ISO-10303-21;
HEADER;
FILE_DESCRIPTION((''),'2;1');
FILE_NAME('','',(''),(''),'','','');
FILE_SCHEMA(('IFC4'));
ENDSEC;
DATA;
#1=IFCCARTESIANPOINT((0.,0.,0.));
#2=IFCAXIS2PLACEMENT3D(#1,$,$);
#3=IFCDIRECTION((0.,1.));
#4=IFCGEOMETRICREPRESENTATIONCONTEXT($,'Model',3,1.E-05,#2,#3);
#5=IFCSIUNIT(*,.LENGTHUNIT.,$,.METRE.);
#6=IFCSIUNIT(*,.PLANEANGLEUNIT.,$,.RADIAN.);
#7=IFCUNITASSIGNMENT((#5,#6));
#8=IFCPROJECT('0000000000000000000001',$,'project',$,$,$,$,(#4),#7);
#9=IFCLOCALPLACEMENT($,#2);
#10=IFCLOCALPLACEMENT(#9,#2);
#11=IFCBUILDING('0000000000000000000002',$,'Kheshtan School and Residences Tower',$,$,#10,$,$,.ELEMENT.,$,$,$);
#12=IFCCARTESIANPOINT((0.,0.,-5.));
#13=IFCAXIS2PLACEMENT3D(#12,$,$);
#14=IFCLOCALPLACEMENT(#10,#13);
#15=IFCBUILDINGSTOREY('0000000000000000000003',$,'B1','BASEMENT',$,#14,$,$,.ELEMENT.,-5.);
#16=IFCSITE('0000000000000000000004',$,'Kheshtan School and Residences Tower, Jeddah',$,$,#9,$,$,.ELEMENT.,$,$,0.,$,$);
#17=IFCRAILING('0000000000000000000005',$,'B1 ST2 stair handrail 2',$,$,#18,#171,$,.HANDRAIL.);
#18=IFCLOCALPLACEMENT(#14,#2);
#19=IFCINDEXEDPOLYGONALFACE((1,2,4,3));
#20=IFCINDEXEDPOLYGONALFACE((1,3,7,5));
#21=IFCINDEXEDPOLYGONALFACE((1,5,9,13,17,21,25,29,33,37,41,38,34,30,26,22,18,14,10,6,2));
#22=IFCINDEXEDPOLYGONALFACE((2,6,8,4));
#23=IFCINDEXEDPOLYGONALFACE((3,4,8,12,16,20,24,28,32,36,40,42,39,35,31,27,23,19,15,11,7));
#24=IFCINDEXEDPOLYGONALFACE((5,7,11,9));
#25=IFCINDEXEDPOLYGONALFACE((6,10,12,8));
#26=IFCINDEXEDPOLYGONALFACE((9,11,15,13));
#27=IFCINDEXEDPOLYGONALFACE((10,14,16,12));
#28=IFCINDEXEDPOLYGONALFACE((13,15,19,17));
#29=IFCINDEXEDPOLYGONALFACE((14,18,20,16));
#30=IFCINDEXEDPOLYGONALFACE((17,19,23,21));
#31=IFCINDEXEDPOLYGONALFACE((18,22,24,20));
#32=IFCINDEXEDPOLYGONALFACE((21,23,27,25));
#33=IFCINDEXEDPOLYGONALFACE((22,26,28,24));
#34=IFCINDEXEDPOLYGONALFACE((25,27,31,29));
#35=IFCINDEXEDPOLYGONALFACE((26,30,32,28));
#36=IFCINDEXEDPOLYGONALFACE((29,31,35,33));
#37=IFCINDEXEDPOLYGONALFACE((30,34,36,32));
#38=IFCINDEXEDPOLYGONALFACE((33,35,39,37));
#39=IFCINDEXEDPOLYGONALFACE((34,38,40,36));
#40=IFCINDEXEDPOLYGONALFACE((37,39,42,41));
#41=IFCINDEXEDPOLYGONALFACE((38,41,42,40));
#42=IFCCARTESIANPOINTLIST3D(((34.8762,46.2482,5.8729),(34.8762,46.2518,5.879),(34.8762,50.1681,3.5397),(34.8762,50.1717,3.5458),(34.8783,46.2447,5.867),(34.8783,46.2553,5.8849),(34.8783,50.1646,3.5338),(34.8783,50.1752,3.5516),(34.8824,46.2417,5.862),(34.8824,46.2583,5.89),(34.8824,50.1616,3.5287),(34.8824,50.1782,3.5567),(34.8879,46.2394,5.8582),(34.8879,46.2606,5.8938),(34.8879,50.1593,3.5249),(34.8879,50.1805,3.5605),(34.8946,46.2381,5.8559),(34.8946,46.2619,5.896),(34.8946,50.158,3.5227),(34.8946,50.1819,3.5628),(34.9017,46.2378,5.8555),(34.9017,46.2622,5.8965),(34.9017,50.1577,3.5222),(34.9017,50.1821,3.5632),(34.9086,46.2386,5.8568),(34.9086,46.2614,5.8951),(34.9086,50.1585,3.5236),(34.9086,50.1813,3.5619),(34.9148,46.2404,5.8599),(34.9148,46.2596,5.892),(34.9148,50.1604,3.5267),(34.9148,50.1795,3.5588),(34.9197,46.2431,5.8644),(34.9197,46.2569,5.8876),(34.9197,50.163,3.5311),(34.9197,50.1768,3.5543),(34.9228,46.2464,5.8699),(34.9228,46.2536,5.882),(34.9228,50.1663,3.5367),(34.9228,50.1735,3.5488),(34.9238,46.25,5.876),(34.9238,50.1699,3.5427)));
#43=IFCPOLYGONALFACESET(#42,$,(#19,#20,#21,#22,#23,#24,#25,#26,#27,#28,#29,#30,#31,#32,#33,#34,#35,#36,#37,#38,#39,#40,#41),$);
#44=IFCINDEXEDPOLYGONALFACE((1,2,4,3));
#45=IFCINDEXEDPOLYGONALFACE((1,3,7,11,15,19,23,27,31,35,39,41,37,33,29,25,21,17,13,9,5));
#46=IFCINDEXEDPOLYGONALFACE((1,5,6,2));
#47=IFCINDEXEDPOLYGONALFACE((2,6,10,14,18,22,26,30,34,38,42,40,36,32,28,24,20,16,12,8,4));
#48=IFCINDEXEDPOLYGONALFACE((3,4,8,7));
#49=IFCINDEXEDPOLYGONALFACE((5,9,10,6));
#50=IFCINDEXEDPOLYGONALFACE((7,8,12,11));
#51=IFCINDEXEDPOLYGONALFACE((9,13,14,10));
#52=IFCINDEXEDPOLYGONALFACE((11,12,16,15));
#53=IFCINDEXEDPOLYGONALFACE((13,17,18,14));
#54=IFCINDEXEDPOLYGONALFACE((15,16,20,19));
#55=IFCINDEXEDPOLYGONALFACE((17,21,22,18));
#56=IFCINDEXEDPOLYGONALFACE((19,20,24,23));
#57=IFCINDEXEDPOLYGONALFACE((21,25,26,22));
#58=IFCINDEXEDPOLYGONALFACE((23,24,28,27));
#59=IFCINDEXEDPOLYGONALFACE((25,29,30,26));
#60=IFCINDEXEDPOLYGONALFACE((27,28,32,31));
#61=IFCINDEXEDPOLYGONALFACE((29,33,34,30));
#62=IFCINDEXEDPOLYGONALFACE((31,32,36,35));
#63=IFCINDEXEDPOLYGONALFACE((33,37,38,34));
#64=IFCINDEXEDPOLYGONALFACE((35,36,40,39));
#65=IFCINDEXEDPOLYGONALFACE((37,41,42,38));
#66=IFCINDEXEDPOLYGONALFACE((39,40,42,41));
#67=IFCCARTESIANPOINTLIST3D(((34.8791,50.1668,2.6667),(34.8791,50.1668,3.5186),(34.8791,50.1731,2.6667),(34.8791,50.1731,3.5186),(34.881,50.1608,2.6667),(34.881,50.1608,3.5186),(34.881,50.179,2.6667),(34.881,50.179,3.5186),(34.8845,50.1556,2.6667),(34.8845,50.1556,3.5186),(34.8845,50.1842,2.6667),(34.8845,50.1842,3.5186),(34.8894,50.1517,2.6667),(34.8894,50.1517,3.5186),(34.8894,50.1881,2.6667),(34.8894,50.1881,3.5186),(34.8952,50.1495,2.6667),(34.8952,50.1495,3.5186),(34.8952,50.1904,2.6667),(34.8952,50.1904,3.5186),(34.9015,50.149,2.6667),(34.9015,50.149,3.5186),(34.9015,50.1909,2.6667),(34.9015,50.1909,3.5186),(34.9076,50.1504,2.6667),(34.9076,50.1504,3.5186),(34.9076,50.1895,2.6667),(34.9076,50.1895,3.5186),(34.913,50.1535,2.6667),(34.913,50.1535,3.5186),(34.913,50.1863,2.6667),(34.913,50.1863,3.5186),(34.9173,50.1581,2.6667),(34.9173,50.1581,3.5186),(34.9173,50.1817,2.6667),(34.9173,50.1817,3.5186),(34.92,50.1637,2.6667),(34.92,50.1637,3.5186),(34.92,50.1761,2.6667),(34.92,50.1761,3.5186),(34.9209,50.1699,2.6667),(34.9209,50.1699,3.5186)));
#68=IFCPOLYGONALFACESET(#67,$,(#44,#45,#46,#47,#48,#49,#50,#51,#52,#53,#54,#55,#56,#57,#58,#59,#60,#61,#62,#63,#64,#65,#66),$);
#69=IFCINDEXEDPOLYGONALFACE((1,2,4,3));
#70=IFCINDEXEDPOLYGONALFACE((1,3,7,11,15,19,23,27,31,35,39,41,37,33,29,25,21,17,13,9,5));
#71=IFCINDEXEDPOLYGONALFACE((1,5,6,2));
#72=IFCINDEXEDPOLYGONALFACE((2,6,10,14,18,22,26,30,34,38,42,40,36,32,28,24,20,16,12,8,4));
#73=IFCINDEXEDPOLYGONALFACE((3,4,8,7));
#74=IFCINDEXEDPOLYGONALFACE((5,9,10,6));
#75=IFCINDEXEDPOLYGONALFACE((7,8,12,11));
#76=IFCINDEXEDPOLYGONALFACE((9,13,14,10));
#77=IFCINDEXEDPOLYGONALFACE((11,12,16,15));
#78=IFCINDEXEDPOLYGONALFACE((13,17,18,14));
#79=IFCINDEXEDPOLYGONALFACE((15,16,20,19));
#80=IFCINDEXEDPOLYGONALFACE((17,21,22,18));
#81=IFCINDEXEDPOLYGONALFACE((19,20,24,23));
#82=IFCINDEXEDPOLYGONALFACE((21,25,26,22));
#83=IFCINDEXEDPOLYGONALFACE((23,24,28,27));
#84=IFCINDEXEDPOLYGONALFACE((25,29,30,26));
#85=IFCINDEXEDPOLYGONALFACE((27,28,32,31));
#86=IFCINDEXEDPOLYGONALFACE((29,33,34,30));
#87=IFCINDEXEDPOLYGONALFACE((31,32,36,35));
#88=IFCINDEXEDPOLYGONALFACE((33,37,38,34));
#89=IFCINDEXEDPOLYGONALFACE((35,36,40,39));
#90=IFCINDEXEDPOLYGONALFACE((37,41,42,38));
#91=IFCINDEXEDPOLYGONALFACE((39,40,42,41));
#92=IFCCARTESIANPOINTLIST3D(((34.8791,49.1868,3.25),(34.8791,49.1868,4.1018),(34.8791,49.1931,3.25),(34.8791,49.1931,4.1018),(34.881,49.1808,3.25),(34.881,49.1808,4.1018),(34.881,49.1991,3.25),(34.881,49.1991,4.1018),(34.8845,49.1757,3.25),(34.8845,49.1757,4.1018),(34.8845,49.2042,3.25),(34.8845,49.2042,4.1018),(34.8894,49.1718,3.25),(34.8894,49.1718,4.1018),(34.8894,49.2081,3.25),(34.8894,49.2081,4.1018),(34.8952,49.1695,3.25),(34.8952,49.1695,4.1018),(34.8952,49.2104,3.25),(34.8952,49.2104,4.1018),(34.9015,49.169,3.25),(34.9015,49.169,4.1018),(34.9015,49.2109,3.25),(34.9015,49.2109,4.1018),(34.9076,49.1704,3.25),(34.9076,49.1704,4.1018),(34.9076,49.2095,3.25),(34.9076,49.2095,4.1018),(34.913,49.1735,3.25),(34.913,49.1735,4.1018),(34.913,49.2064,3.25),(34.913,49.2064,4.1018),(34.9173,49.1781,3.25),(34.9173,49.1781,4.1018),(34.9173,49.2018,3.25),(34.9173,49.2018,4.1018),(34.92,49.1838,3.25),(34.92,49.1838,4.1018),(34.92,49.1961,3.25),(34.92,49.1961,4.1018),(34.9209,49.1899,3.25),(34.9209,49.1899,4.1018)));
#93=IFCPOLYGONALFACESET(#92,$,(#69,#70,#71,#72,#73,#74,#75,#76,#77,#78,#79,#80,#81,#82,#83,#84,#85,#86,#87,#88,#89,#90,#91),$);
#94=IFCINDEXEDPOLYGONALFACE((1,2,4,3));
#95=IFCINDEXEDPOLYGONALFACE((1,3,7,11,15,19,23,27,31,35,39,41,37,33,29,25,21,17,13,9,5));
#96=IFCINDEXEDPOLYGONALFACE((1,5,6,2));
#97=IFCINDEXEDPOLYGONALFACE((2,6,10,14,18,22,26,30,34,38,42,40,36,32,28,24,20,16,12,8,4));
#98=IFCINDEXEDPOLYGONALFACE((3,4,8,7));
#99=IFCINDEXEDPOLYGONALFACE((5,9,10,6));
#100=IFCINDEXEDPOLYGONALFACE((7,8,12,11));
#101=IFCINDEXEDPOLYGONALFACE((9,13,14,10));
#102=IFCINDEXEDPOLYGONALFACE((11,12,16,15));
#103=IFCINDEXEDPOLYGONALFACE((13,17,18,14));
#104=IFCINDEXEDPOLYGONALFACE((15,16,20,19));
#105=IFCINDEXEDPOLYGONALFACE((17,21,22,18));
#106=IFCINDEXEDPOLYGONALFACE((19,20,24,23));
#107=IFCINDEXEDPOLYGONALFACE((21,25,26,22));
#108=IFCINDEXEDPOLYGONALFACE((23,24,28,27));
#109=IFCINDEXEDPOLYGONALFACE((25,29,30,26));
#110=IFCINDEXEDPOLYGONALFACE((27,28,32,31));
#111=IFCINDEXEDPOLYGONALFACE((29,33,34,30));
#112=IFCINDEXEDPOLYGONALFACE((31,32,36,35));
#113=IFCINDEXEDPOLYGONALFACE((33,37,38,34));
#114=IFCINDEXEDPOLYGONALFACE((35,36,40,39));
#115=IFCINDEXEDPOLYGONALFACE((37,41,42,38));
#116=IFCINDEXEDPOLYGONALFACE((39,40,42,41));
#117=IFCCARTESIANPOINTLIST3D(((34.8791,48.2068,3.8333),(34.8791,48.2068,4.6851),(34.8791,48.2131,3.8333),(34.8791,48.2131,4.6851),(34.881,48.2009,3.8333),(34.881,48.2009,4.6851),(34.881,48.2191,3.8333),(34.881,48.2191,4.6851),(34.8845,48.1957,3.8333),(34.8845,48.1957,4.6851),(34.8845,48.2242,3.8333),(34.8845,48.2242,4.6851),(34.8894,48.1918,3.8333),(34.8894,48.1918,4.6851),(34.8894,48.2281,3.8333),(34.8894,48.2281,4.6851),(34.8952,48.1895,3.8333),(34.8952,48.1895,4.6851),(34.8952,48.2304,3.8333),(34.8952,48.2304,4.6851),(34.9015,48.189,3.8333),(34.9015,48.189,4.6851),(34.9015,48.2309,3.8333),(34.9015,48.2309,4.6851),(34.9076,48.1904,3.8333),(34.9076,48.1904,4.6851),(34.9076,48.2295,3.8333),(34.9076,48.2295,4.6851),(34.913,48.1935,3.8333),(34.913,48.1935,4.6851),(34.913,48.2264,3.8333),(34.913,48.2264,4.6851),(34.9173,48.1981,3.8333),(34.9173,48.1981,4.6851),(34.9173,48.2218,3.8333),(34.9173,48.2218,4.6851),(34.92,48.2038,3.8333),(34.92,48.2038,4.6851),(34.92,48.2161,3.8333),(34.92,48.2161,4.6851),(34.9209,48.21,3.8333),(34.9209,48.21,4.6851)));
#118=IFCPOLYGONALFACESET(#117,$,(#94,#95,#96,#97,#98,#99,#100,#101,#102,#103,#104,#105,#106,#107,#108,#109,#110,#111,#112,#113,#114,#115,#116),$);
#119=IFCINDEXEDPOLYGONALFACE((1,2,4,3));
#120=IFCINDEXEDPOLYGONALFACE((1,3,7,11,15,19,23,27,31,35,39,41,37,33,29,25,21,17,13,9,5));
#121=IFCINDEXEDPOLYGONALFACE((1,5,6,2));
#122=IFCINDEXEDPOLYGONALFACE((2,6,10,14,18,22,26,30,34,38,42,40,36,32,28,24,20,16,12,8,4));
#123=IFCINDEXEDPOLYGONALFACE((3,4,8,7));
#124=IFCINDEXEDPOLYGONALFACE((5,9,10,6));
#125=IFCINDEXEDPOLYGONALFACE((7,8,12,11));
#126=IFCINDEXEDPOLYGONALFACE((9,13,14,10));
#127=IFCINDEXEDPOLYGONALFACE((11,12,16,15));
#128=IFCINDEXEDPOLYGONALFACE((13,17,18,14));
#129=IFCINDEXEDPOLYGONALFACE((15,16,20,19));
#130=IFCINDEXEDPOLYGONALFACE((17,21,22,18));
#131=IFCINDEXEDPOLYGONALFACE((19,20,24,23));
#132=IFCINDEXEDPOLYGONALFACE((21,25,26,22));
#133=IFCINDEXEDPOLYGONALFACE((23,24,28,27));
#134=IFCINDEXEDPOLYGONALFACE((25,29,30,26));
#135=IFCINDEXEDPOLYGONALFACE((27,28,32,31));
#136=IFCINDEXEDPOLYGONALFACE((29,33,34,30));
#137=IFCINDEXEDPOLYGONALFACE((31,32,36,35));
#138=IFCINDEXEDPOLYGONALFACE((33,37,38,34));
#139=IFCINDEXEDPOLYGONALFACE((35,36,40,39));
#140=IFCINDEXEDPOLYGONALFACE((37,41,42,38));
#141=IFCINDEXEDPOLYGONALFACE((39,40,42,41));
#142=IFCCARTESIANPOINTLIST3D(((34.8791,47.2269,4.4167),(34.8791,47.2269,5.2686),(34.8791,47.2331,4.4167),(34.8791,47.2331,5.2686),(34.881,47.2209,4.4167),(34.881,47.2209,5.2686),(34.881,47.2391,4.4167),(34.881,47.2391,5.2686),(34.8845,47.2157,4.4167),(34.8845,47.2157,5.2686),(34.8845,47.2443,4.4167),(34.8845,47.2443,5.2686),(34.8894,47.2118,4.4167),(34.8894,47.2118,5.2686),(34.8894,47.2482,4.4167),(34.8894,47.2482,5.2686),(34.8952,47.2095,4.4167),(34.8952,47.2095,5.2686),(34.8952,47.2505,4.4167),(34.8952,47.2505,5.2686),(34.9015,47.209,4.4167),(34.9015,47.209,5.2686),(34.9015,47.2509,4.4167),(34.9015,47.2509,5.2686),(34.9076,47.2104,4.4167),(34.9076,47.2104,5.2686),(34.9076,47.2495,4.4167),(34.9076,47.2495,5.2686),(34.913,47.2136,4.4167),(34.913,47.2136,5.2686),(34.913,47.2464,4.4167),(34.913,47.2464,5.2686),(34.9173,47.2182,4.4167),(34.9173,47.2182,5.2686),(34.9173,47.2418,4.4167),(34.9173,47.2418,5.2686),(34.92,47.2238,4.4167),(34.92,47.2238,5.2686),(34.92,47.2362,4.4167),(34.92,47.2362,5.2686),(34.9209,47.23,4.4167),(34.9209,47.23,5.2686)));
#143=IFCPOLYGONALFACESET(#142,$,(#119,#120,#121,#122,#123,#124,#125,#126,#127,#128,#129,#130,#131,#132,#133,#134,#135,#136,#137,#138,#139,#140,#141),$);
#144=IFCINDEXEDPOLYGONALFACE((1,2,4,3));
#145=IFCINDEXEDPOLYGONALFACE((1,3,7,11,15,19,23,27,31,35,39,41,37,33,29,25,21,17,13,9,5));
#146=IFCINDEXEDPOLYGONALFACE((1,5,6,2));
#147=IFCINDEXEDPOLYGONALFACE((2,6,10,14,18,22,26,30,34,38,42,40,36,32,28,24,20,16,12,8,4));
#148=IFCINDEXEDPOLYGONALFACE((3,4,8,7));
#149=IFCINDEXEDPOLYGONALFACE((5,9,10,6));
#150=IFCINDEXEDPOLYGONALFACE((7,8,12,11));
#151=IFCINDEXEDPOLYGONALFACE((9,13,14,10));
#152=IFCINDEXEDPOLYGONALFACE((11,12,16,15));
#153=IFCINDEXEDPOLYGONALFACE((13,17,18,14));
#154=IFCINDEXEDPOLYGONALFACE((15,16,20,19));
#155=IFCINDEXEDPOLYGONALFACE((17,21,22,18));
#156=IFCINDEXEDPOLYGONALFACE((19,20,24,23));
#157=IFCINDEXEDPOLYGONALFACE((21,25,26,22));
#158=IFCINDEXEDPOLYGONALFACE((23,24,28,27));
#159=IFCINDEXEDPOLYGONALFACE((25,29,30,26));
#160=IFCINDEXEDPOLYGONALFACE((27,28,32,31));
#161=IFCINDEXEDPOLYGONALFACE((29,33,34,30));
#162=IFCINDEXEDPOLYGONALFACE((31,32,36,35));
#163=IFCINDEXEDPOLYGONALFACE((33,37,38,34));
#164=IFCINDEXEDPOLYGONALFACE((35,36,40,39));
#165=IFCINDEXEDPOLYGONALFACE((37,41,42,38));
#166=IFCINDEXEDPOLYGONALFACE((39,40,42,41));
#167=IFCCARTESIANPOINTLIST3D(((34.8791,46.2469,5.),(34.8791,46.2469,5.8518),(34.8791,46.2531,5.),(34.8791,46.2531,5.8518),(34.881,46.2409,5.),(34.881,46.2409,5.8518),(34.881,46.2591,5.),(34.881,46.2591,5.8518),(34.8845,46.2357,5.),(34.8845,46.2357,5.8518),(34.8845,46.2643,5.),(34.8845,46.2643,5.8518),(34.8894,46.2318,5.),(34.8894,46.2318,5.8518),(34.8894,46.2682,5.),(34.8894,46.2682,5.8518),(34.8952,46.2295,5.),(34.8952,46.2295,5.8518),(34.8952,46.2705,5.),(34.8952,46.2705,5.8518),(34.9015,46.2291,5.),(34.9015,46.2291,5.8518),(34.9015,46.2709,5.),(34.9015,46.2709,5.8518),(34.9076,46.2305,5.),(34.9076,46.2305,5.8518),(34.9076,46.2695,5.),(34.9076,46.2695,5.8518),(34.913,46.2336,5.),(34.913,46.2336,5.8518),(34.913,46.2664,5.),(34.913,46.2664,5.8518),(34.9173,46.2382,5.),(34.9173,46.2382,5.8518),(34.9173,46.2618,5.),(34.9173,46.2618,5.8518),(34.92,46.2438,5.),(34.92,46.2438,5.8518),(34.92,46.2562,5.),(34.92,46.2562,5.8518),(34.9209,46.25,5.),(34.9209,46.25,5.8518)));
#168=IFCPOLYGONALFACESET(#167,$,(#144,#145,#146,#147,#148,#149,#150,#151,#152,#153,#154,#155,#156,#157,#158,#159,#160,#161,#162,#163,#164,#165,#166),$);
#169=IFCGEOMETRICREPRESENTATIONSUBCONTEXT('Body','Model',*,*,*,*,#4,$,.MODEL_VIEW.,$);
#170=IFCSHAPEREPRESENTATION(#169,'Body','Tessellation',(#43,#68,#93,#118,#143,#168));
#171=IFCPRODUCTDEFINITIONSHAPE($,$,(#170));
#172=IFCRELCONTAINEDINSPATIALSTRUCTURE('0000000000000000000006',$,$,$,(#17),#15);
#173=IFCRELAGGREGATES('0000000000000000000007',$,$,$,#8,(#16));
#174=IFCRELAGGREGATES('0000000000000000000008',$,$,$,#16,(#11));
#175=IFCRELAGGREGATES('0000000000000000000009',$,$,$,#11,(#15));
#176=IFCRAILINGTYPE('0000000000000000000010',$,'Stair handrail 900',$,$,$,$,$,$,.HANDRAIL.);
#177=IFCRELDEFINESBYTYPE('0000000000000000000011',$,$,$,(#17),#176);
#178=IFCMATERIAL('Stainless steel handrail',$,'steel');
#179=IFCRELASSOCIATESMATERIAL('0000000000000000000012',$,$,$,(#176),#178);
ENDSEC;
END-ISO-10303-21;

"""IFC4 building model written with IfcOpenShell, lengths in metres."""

from ifc_helpers import new_model, si_unit, direction, frame, origin, origin_2d, place, context, subcontext, project, spatial, circle, extrude, material, type_object, element, save


model = new_model("IFC4")

# Units and contexts
model_context = context("Model", 3, precision=1e-05, world=origin(), true_north=direction((0.0, 1.0)))
body_context = subcontext(model_context, "Body", "Model", "MODEL_VIEW")
ifc_project = project(units=[si_unit("LENGTHUNIT", "METRE"), si_unit("PLANEANGLEUNIT", "RADIAN")], contexts=[model_context])

# Site, building, storey
site_placement = place(None, origin())
site = spatial("IfcSite", under=ifc_project, at=site_placement, Name="Kheshtan School and Residences Tower, Jeddah", CompositionType="ELEMENT", RefElevation=0.0)
building_placement = place(site_placement, origin())
building = spatial("IfcBuilding", under=site, at=building_placement, Name="Kheshtan School and Residences Tower", CompositionType="ELEMENT")
storey_placement = place(building_placement, frame((0.0, 0.0, -5.0)))
storey = spatial("IfcBuildingStorey", under=building, at=storey_placement, Name="B1", Description="BASEMENT", CompositionType="ELEMENT", Elevation=-5.0)

# Railing
ifc_material_1 = material(Name="Stainless steel handrail", Category="steel")
railing_type_1 = type_object("IfcRailingType", Name="Stair handrail 900", PredefinedType="HANDRAIL", material=ifc_material_1)
railing_1_placement = place(storey_placement, frame((34.8999, 50.1699, 2.6667)))
element("IfcRailing", 1, at=railing_1_placement, inside=storey, type_object=railing_type_1, Name="B1 ST2 stair handrail 2", PredefinedType="HANDRAIL", context=body_context, shape_type="SweptSolid", body=[
    extrude(circle(Radius=0.0239, at=origin_2d()), frame((0.0, 0.0, 0.876), z_axis=(0.0, -0.859296, 0.511478), x_axis=(1.0, 0.0, 0.0)), (0.0, 0.0, 1.0), 4.5618),
    extrude(circle(Radius=0.021, at=origin_2d()), origin(), (0.0, 0.0, 1.0), 0.8518),
    extrude(circle(Radius=0.021, at=origin_2d()), frame((0.0, -0.98, 0.5833)), (0.0, 0.0, 1.0), 0.8518),
    extrude(circle(Radius=0.021, at=origin_2d()), frame((0.0, -1.96, 1.1665)), (0.0, 0.0, 1.0), 0.8518),
    extrude(circle(Radius=0.021, at=origin_2d()), frame((0.0, -2.9399, 1.75)), (0.0, 0.0, 1.0), 0.8518),
    extrude(circle(Radius=0.021, at=origin_2d()), frame((0.0, -3.9199, 2.3333)), (0.0, 0.0, 1.0), 0.8518),
])

save(model, "model.ifc")
